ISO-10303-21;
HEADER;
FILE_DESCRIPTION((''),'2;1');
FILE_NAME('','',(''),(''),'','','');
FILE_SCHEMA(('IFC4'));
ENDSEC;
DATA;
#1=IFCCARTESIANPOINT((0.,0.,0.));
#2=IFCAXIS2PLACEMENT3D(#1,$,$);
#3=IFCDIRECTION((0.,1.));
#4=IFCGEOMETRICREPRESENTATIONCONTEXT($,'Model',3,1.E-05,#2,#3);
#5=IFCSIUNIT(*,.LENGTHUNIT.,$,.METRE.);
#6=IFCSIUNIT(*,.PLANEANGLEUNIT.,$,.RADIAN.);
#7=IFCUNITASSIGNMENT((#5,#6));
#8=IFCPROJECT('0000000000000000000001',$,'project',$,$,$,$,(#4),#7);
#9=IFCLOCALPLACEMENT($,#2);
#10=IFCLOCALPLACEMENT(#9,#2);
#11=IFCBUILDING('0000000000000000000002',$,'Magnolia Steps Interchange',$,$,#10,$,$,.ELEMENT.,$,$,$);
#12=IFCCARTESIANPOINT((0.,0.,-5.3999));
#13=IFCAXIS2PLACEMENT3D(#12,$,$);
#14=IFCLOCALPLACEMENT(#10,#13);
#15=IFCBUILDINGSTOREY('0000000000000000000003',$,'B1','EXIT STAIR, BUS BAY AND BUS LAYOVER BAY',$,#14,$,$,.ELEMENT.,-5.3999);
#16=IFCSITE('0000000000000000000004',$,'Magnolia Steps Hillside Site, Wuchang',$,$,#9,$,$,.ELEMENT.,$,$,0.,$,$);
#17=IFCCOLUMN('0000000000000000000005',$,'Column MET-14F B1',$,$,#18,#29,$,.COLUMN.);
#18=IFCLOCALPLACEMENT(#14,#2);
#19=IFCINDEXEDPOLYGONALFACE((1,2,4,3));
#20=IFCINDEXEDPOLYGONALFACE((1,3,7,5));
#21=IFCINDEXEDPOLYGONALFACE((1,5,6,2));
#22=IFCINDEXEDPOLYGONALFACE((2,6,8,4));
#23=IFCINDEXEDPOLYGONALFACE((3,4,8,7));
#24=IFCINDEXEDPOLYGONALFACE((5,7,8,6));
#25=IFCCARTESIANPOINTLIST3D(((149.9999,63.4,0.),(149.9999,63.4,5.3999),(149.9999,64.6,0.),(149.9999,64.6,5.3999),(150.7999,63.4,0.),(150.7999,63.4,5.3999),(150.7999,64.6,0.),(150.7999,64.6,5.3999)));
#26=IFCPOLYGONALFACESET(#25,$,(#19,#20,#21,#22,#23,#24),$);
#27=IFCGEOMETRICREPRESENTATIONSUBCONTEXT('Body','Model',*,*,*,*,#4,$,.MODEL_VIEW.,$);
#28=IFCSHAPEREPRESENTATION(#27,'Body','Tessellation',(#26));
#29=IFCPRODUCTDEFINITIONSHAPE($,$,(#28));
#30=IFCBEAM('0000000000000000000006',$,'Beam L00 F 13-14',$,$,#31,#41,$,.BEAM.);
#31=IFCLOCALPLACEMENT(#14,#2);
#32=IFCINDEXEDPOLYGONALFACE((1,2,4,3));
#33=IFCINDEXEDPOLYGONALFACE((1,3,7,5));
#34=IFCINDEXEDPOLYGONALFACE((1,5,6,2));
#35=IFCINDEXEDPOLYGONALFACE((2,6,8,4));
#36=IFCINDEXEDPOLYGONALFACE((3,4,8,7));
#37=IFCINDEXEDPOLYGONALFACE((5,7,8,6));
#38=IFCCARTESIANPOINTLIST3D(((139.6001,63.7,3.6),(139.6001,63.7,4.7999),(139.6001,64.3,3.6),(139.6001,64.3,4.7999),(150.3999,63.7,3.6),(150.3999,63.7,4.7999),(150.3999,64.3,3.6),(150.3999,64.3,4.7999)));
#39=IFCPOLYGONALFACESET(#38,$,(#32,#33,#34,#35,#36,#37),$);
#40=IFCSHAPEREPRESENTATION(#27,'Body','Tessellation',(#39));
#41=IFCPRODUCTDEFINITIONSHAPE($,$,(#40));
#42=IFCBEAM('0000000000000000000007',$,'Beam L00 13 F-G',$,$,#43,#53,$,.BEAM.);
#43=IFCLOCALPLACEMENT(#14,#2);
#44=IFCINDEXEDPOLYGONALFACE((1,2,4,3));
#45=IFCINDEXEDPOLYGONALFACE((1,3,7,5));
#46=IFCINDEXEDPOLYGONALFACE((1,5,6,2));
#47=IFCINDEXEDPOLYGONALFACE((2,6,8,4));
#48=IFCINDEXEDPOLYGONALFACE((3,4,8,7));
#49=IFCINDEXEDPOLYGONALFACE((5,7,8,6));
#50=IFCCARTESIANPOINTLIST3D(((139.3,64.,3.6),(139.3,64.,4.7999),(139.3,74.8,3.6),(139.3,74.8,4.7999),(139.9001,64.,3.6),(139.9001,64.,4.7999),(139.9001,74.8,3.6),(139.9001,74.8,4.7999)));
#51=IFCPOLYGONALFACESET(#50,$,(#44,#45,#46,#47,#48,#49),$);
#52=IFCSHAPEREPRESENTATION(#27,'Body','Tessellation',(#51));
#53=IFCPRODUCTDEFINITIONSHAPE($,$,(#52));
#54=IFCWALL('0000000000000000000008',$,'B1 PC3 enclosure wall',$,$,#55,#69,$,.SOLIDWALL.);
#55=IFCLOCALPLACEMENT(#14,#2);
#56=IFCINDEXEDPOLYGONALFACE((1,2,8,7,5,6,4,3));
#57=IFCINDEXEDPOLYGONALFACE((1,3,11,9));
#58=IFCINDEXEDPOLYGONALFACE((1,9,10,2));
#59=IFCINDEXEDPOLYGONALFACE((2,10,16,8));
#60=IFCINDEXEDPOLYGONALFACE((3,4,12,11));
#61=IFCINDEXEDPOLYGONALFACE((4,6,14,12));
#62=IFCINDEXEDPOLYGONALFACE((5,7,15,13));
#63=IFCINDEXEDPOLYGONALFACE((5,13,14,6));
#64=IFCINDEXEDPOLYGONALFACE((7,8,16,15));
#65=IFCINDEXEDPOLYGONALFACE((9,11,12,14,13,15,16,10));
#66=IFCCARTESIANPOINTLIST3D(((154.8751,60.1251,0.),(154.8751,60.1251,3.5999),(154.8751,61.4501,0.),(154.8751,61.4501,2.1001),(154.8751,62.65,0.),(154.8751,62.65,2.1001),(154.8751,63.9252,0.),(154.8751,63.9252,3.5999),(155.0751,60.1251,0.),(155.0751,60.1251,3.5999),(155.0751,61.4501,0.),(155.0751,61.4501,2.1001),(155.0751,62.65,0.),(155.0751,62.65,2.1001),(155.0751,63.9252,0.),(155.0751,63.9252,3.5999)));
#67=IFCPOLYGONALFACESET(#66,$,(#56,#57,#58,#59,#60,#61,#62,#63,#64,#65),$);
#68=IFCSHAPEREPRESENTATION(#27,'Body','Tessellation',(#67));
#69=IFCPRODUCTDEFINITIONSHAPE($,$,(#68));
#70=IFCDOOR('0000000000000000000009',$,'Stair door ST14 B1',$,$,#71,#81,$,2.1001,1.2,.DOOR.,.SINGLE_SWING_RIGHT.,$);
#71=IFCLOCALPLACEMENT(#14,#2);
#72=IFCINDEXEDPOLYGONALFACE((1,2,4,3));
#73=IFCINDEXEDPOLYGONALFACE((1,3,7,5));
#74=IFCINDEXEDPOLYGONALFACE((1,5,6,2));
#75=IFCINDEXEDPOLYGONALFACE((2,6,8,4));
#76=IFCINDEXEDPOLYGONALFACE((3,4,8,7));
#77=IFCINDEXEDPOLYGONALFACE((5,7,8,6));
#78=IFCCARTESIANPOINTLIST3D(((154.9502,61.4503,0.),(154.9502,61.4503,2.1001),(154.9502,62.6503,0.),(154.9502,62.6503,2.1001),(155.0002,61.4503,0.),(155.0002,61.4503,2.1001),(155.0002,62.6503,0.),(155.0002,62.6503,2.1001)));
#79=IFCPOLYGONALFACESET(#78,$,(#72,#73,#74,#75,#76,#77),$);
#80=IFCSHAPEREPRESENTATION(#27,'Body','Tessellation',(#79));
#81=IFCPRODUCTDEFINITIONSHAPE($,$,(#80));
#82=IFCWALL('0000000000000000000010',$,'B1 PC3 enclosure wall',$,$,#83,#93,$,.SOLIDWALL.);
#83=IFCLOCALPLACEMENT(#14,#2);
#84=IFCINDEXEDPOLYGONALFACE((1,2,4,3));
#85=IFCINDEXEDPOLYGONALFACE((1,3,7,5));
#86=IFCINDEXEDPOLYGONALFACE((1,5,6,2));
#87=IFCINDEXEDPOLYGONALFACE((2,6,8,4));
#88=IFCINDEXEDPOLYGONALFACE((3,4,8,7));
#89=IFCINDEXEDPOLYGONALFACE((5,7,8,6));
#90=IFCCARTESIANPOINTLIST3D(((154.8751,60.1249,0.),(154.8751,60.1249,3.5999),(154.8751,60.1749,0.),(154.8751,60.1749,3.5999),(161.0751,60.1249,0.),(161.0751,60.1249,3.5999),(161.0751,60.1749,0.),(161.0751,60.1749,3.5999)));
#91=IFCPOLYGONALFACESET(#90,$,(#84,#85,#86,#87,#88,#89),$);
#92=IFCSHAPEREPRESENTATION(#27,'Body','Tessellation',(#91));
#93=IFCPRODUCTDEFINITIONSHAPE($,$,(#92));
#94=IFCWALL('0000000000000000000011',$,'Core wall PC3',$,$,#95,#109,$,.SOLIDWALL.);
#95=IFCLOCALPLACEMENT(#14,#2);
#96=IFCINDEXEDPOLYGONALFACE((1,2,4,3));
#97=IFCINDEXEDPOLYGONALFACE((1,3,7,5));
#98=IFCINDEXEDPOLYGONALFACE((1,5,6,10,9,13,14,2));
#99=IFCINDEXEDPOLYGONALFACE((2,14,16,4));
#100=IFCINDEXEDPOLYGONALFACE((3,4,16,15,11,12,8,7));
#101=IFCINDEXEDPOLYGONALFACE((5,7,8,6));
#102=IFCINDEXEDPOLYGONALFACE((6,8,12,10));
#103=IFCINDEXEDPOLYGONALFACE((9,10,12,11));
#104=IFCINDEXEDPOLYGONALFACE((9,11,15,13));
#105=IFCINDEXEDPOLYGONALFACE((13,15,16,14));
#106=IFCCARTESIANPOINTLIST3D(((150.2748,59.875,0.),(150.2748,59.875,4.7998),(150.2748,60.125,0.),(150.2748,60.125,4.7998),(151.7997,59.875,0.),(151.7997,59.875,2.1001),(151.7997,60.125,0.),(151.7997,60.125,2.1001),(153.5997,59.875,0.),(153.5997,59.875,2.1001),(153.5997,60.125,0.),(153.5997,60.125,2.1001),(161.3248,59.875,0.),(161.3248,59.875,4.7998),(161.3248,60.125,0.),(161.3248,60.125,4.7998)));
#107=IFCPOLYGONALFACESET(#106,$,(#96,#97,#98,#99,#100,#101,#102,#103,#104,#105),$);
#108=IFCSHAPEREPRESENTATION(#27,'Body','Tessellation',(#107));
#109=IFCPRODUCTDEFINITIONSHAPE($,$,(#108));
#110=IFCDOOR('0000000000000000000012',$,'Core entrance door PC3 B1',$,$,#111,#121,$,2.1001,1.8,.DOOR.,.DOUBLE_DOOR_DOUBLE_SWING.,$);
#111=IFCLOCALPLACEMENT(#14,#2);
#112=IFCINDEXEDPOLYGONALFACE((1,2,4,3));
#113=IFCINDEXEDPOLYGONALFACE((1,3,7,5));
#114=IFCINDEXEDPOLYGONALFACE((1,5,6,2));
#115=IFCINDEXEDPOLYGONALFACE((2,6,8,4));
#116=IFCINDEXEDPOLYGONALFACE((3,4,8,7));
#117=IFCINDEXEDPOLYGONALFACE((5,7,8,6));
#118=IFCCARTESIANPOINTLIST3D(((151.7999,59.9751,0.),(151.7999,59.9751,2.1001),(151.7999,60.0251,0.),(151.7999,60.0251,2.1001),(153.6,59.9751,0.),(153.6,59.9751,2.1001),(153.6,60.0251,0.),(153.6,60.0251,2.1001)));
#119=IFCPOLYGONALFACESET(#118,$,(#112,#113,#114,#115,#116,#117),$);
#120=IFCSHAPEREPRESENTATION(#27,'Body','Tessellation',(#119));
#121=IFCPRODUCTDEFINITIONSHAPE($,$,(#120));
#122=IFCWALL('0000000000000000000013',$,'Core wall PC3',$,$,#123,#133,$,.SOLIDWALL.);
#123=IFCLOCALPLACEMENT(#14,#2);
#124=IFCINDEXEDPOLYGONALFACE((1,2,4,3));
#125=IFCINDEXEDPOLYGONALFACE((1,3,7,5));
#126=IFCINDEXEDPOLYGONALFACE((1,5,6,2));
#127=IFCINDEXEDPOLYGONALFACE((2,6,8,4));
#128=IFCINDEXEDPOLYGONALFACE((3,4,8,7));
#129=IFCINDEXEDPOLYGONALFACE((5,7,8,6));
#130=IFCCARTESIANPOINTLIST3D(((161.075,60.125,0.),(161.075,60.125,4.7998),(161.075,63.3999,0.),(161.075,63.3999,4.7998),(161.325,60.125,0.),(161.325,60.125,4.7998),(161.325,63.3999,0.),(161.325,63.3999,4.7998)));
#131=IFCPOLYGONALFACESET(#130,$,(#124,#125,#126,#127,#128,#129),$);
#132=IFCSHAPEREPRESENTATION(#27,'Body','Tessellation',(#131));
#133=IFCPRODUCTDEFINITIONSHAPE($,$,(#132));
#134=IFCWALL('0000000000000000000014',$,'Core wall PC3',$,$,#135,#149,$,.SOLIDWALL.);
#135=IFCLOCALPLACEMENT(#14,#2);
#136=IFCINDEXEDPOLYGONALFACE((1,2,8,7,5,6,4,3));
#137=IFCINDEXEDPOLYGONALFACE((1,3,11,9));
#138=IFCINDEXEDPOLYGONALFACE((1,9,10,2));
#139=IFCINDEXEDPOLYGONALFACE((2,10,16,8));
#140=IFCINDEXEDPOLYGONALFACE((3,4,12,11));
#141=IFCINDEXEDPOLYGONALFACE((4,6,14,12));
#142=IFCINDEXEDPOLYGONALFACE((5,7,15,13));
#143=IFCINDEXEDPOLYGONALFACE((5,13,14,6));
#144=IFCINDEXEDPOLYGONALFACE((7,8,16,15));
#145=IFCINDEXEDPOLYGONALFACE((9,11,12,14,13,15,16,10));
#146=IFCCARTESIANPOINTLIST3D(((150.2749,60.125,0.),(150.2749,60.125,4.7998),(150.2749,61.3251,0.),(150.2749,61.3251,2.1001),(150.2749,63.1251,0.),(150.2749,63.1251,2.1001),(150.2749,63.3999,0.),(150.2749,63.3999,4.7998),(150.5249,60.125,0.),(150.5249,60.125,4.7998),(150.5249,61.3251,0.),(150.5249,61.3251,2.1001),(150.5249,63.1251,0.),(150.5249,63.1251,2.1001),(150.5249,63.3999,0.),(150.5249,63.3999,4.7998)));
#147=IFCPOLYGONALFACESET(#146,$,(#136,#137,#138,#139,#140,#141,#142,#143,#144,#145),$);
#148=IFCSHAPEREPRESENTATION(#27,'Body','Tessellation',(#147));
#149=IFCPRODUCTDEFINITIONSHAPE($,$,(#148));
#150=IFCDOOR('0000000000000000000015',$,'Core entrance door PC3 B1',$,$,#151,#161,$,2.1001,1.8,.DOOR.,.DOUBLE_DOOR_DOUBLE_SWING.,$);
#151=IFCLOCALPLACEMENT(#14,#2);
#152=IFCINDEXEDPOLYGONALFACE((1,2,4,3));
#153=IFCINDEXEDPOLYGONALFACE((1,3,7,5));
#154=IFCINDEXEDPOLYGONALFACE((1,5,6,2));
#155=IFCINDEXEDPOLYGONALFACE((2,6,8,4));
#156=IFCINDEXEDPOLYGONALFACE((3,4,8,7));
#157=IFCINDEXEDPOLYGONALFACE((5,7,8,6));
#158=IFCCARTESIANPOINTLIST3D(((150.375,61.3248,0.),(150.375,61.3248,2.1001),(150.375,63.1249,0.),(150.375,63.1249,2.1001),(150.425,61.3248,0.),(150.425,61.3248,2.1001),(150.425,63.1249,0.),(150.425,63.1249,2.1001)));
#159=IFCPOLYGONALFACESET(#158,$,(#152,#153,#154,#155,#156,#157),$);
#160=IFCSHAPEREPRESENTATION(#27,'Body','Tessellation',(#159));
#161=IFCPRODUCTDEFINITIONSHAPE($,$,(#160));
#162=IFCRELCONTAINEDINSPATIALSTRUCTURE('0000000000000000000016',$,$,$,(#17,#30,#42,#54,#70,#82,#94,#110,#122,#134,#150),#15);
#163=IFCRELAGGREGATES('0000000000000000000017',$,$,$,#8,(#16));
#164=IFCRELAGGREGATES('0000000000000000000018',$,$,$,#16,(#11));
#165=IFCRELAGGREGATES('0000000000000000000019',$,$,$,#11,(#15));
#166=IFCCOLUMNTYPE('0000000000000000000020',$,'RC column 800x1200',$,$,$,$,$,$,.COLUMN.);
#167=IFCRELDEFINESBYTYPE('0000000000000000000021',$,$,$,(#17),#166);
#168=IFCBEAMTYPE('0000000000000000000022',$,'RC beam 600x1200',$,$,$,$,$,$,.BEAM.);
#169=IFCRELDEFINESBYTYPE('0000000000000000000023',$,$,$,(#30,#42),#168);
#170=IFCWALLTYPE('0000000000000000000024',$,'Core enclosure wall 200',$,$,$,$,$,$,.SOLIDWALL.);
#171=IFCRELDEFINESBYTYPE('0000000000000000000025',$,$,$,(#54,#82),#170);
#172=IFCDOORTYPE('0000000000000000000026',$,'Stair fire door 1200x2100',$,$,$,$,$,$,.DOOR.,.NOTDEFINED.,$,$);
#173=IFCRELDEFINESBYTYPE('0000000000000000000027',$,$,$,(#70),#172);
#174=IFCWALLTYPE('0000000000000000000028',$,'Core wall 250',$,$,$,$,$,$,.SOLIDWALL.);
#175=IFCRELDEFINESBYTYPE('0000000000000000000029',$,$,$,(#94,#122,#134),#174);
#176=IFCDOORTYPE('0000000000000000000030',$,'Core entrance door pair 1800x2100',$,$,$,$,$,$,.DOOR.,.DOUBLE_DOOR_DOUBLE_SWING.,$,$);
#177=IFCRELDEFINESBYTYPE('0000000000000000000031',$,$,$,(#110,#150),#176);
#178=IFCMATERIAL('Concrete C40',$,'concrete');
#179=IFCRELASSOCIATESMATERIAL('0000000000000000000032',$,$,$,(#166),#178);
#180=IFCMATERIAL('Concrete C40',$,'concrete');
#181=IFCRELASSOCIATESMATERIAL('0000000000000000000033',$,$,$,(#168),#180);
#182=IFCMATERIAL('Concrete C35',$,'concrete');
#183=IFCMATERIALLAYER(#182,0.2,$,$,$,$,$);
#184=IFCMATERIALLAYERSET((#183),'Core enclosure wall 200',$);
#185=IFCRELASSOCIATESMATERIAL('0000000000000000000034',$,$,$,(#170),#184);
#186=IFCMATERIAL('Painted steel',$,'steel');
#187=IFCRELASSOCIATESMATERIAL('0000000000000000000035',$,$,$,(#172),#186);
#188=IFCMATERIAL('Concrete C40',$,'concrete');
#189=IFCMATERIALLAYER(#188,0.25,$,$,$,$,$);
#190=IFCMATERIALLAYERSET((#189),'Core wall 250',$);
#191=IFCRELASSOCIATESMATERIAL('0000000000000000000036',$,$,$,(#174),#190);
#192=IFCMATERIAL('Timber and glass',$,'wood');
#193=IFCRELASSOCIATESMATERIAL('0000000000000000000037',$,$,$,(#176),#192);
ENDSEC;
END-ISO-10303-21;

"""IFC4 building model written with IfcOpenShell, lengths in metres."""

from ifc_helpers import new_model, si_unit, direction, frame, frame_2d, origin, origin_2d, place, context, subcontext, project, spatial, rectangle, extrude, material, layer, layer_set, material_profile, profile_set, type_object, element, fill, save


model = new_model("IFC4")

# Units and contexts
model_context = context("Model", 3, precision=1e-05, world=origin(), true_north=direction((0.0, 1.0)))
body_context = subcontext(model_context, "Body", "Model", "MODEL_VIEW")
ifc_project = project(units=[si_unit("LENGTHUNIT", "METRE"), si_unit("PLANEANGLEUNIT", "RADIAN")], contexts=[model_context])

# Site, building, storey
site_placement = place(None, origin())
site = spatial("IfcSite", under=ifc_project, at=site_placement, Name="Magnolia Steps Hillside Site, Wuchang", CompositionType="ELEMENT", RefElevation=0.0)
building_placement = place(site_placement, origin())
building = spatial("IfcBuilding", under=site, at=building_placement, Name="Magnolia Steps Interchange", CompositionType="ELEMENT")
storey_placement = place(building_placement, frame((0.0, 0.0, -5.3999)))
storey = spatial("IfcBuildingStorey", under=building, at=storey_placement, Name="B1", Description="EXIT STAIR, BUS BAY AND BUS LAYOVER BAY", CompositionType="ELEMENT", Elevation=-5.3999)

# Column
ifc_material_1 = material(Name="Concrete C40", Category="concrete")
ifc_material_profile_1 = material_profile(ifc_material_1, rectangle(XDim=0.8, YDim=1.2, at=origin_2d()), Name="RC800x1200")
ifc_profile_set_1 = profile_set([ifc_material_profile_1], Name="Concrete C40")
column_type = type_object("IfcColumnType", Name="RC column 800x1200", PredefinedType="COLUMN", material=ifc_profile_set_1)
column_placement = place(storey_placement, frame((150.3999, 64.0, 0.0), z_axis=(0.0, 0.0, 1.0), x_axis=(1.0, 0.0, 0.0)))
element("IfcColumn", 1, at=column_placement, inside=storey, type_object=column_type, Name="Column MET-14F B1", PredefinedType="COLUMN", context=body_context, shape_type="SweptSolid", body=[
    extrude(rectangle(XDim=0.8, YDim=1.2, at=origin_2d()), origin(), (0.0, 0.0, 1.0), 5.3999),
])

# Beams
ifc_material_2 = material(Name="Concrete C40", Category="concrete")
ifc_material_profile_2 = material_profile(ifc_material_2, rectangle(XDim=0.6001, YDim=1.2, at=origin_2d()), Name="RC600x1200")
ifc_profile_set_2 = profile_set([ifc_material_profile_2], Name="Concrete C40")
beam_type = type_object("IfcBeamType", Name="RC beam 600x1200", PredefinedType="BEAM", material=ifc_profile_set_2)
beam_1_placement = place(storey_placement, frame((139.6001, 64.0, 4.2), z_axis=(1.0, 0.0, 0.0), x_axis=(0.0, 1.0, 0.0)))
element("IfcBeam", 2, at=beam_1_placement, inside=storey, type_object=beam_type, Name="Beam L00 F 13-14", PredefinedType="BEAM", context=body_context, shape_type="SweptSolid", body=[
    extrude(rectangle(XDim=0.6001, YDim=1.2, at=origin_2d()), origin(), (0.0, 0.0, 1.0), 10.7998),
])
beam_2_placement = place(storey_placement, frame((139.6001, 64.0, 4.2), z_axis=(0.0, 1.0, 0.0), x_axis=(-1.0, 0.0, 0.0)))
element("IfcBeam", 3, at=beam_2_placement, inside=storey, type_object=beam_type, Name="Beam L00 13 F-G", PredefinedType="BEAM", context=body_context, shape_type="SweptSolid", body=[
    extrude(rectangle(XDim=0.6001, YDim=1.2, at=origin_2d()), origin(), (0.0, 0.0, 1.0), 10.8),
])

# Wall, opening, door
ifc_material_3 = material(Name="Concrete C35", Category="concrete")
ifc_layer_1 = layer(ifc_material_3, 0.2)
ifc_layer_set_1 = layer_set([ifc_layer_1], Name="Core enclosure wall 200")
wall_type_1 = type_object("IfcWallType", Name="Core enclosure wall 200", PredefinedType="SOLIDWALL", material=ifc_layer_set_1)
wall_1_placement = place(storey_placement, frame((154.9751, 63.925, 0.0), z_axis=(0.0, 0.0, 1.0), x_axis=(0.0, -1.0, 0.0)))
wall_1 = element("IfcWall", 4, at=wall_1_placement, inside=storey, type_object=wall_type_1, Name="B1 PC3 enclosure wall", PredefinedType="SOLIDWALL", context=body_context, shape_type="SweptSolid", body=[
    extrude(rectangle(XDim=3.8, YDim=0.2, at=frame_2d((1.8999, 0.0))), origin(), (0.0, 0.0, 1.0), 3.5999),
])
opening_1_placement = place(wall_1_placement, frame((1.2749, 0.0, 0.0)))
opening_1 = element("IfcOpeningElement", 5, at=opening_1_placement, cuts=wall_1, PredefinedType="OPENING", context=body_context, shape_type="SweptSolid", body=[
    extrude(rectangle(XDim=1.2, YDim=2.1001, at=frame_2d((0.6001, 1.05))), frame((0.0, 0.1099, 0.0), z_axis=(0.0, -1.0, 0.0), x_axis=(1.0, 0.0, 0.0)), (0.0, 0.0, 1.0), 0.22),
])
ifc_material_4 = material(Name="Painted steel", Category="steel")
door_type_1 = type_object("IfcDoorType", Name="Stair fire door 1200x2100", OperationType="NOTDEFINED", PredefinedType="DOOR", material=ifc_material_4)
door_1_placement = place(opening_1_placement, frame((1.2, 0.0, 0.0), z_axis=(0.0, 0.0, 1.0), x_axis=(-1.0, 0.0, 0.0)))
door_1 = element("IfcDoor", 6, at=door_1_placement, inside=storey, type_object=door_type_1, Name="Stair door ST14 B1", OperationType="SINGLE_SWING_RIGHT", OverallHeight=2.1001, OverallWidth=1.2, PredefinedType="DOOR", context=body_context, shape_type="SweptSolid", body=[
    extrude(rectangle(XDim=1.2, YDim=2.1001, at=frame_2d((0.6001, 1.05))), frame((0.0, 0.0249, 0.0), z_axis=(0.0, -1.0, 0.0), x_axis=(1.0, 0.0, 0.0)), (0.0, 0.0, 1.0), 0.05),
])
fill(opening_1, door_1)

# Wall
wall_2_placement = place(storey_placement, frame((154.875, 60.1499, 0.0), z_axis=(0.0, 0.0, 1.0), x_axis=(1.0, 0.0, 0.0)))
element("IfcWall", 7, at=wall_2_placement, inside=storey, type_object=wall_type_1, Name="B1 PC3 enclosure wall", PredefinedType="SOLIDWALL", context=body_context, shape_type="SweptSolid", body=[
    extrude(rectangle(XDim=6.2, YDim=0.05, at=frame_2d((3.1001, 0.0))), origin(), (0.0, 0.0, 1.0), 3.5999),
])

# Wall, opening, door
ifc_material_5 = material(Name="Concrete C40", Category="concrete")
ifc_layer_2 = layer(ifc_material_5, 0.25)
ifc_layer_set_2 = layer_set([ifc_layer_2], Name="Core wall 250")
wall_type_2 = type_object("IfcWallType", Name="Core wall 250", PredefinedType="SOLIDWALL", material=ifc_layer_set_2)
wall_3_placement = place(storey_placement, frame((150.2749, 60.0, 0.0), z_axis=(0.0, 0.0, 1.0), x_axis=(1.0, 0.0, 0.0)))
wall_3 = element("IfcWall", 8, at=wall_3_placement, inside=storey, type_object=wall_type_2, Name="Core wall PC3", PredefinedType="SOLIDWALL", context=body_context, shape_type="SweptSolid", body=[
    extrude(rectangle(XDim=11.05, YDim=0.25, at=frame_2d((5.5249, 0.0))), origin(), (0.0, 0.0, 1.0), 4.7998),
])
opening_2_placement = place(wall_3_placement, frame((1.5249, 0.0, 0.0)))
opening_2 = element("IfcOpeningElement", 9, at=opening_2_placement, cuts=wall_3, PredefinedType="OPENING", context=body_context, shape_type="SweptSolid", body=[
    extrude(rectangle(XDim=1.8, YDim=2.1001, at=frame_2d((0.8999, 1.05))), frame((0.0, 0.135, 0.0), z_axis=(0.0, -1.0, 0.0), x_axis=(1.0, 0.0, 0.0)), (0.0, 0.0, 1.0), 0.27),
])
ifc_material_6 = material(Name="Timber and glass", Category="wood")
door_type_2 = type_object("IfcDoorType", Name="Core entrance door pair 1800x2100", OperationType="DOUBLE_DOOR_DOUBLE_SWING", PredefinedType="DOOR", material=ifc_material_6)
door_2_placement = place(opening_2_placement, frame((1.8, 0.0, 0.0), z_axis=(0.0, 0.0, 1.0), x_axis=(-1.0, 0.0, 0.0)))
door_2 = element("IfcDoor", 10, at=door_2_placement, inside=storey, type_object=door_type_2, Name="Core entrance door PC3 B1", OperationType="DOUBLE_DOOR_DOUBLE_SWING", OverallHeight=2.1001, OverallWidth=1.8, PredefinedType="DOOR", context=body_context, shape_type="SweptSolid", body=[
    extrude(rectangle(XDim=1.8, YDim=2.1001, at=frame_2d((0.8999, 1.05))), frame((0.0, 0.0249, 0.0), z_axis=(0.0, -1.0, 0.0), x_axis=(1.0, 0.0, 0.0)), (0.0, 0.0, 1.0), 0.05),
])
fill(opening_2, door_2)

# Wall
wall_4_placement = place(storey_placement, frame((161.2, 60.125, 0.0), z_axis=(0.0, 0.0, 1.0), x_axis=(0.0, 1.0, 0.0)))
element("IfcWall", 11, at=wall_4_placement, inside=storey, type_object=wall_type_2, Name="Core wall PC3", PredefinedType="SOLIDWALL", context=body_context, shape_type="SweptSolid", body=[
    extrude(rectangle(XDim=3.2749, YDim=0.25, at=frame_2d((1.6375, 0.0))), origin(), (0.0, 0.0, 1.0), 4.7998),
])

# Wall, opening, door
wall_5_placement = place(storey_placement, frame((150.3999, 63.3999, 0.0), z_axis=(0.0, 0.0, 1.0), x_axis=(0.0, -1.0, 0.0)))
wall_5 = element("IfcWall", 12, at=wall_5_placement, inside=storey, type_object=wall_type_2, Name="Core wall PC3", PredefinedType="SOLIDWALL", context=body_context, shape_type="SweptSolid", body=[
    extrude(rectangle(XDim=3.2749, YDim=0.25, at=frame_2d((1.6375, 0.0))), origin(), (0.0, 0.0, 1.0), 4.7998),
])
opening_3_placement = place(wall_5_placement, frame((0.2749, 0.0, 0.0)))
opening_3 = element("IfcOpeningElement", 13, at=opening_3_placement, cuts=wall_5, PredefinedType="OPENING", context=body_context, shape_type="SweptSolid", body=[
    extrude(rectangle(XDim=1.8, YDim=2.1001, at=frame_2d((0.8999, 1.05))), frame((0.0, 0.135, 0.0), z_axis=(0.0, -1.0, 0.0), x_axis=(1.0, 0.0, 0.0)), (0.0, 0.0, 1.0), 0.27),
])
door_3_placement = place(opening_3_placement, frame((1.8, 0.0, 0.0), z_axis=(0.0, 0.0, 1.0), x_axis=(-1.0, 0.0, 0.0)))
door_3 = element("IfcDoor", 14, at=door_3_placement, inside=storey, type_object=door_type_2, Name="Core entrance door PC3 B1", OperationType="DOUBLE_DOOR_DOUBLE_SWING", OverallHeight=2.1001, OverallWidth=1.8, PredefinedType="DOOR", context=body_context, shape_type="SweptSolid", body=[
    extrude(rectangle(XDim=1.8, YDim=2.1001, at=frame_2d((0.8999, 1.05))), frame((0.0, 0.0249, 0.0), z_axis=(0.0, -1.0, 0.0), x_axis=(1.0, 0.0, 0.0)), (0.0, 0.0, 1.0), 0.05),
])
fill(opening_3, door_3)

save(model, "model.ifc")
